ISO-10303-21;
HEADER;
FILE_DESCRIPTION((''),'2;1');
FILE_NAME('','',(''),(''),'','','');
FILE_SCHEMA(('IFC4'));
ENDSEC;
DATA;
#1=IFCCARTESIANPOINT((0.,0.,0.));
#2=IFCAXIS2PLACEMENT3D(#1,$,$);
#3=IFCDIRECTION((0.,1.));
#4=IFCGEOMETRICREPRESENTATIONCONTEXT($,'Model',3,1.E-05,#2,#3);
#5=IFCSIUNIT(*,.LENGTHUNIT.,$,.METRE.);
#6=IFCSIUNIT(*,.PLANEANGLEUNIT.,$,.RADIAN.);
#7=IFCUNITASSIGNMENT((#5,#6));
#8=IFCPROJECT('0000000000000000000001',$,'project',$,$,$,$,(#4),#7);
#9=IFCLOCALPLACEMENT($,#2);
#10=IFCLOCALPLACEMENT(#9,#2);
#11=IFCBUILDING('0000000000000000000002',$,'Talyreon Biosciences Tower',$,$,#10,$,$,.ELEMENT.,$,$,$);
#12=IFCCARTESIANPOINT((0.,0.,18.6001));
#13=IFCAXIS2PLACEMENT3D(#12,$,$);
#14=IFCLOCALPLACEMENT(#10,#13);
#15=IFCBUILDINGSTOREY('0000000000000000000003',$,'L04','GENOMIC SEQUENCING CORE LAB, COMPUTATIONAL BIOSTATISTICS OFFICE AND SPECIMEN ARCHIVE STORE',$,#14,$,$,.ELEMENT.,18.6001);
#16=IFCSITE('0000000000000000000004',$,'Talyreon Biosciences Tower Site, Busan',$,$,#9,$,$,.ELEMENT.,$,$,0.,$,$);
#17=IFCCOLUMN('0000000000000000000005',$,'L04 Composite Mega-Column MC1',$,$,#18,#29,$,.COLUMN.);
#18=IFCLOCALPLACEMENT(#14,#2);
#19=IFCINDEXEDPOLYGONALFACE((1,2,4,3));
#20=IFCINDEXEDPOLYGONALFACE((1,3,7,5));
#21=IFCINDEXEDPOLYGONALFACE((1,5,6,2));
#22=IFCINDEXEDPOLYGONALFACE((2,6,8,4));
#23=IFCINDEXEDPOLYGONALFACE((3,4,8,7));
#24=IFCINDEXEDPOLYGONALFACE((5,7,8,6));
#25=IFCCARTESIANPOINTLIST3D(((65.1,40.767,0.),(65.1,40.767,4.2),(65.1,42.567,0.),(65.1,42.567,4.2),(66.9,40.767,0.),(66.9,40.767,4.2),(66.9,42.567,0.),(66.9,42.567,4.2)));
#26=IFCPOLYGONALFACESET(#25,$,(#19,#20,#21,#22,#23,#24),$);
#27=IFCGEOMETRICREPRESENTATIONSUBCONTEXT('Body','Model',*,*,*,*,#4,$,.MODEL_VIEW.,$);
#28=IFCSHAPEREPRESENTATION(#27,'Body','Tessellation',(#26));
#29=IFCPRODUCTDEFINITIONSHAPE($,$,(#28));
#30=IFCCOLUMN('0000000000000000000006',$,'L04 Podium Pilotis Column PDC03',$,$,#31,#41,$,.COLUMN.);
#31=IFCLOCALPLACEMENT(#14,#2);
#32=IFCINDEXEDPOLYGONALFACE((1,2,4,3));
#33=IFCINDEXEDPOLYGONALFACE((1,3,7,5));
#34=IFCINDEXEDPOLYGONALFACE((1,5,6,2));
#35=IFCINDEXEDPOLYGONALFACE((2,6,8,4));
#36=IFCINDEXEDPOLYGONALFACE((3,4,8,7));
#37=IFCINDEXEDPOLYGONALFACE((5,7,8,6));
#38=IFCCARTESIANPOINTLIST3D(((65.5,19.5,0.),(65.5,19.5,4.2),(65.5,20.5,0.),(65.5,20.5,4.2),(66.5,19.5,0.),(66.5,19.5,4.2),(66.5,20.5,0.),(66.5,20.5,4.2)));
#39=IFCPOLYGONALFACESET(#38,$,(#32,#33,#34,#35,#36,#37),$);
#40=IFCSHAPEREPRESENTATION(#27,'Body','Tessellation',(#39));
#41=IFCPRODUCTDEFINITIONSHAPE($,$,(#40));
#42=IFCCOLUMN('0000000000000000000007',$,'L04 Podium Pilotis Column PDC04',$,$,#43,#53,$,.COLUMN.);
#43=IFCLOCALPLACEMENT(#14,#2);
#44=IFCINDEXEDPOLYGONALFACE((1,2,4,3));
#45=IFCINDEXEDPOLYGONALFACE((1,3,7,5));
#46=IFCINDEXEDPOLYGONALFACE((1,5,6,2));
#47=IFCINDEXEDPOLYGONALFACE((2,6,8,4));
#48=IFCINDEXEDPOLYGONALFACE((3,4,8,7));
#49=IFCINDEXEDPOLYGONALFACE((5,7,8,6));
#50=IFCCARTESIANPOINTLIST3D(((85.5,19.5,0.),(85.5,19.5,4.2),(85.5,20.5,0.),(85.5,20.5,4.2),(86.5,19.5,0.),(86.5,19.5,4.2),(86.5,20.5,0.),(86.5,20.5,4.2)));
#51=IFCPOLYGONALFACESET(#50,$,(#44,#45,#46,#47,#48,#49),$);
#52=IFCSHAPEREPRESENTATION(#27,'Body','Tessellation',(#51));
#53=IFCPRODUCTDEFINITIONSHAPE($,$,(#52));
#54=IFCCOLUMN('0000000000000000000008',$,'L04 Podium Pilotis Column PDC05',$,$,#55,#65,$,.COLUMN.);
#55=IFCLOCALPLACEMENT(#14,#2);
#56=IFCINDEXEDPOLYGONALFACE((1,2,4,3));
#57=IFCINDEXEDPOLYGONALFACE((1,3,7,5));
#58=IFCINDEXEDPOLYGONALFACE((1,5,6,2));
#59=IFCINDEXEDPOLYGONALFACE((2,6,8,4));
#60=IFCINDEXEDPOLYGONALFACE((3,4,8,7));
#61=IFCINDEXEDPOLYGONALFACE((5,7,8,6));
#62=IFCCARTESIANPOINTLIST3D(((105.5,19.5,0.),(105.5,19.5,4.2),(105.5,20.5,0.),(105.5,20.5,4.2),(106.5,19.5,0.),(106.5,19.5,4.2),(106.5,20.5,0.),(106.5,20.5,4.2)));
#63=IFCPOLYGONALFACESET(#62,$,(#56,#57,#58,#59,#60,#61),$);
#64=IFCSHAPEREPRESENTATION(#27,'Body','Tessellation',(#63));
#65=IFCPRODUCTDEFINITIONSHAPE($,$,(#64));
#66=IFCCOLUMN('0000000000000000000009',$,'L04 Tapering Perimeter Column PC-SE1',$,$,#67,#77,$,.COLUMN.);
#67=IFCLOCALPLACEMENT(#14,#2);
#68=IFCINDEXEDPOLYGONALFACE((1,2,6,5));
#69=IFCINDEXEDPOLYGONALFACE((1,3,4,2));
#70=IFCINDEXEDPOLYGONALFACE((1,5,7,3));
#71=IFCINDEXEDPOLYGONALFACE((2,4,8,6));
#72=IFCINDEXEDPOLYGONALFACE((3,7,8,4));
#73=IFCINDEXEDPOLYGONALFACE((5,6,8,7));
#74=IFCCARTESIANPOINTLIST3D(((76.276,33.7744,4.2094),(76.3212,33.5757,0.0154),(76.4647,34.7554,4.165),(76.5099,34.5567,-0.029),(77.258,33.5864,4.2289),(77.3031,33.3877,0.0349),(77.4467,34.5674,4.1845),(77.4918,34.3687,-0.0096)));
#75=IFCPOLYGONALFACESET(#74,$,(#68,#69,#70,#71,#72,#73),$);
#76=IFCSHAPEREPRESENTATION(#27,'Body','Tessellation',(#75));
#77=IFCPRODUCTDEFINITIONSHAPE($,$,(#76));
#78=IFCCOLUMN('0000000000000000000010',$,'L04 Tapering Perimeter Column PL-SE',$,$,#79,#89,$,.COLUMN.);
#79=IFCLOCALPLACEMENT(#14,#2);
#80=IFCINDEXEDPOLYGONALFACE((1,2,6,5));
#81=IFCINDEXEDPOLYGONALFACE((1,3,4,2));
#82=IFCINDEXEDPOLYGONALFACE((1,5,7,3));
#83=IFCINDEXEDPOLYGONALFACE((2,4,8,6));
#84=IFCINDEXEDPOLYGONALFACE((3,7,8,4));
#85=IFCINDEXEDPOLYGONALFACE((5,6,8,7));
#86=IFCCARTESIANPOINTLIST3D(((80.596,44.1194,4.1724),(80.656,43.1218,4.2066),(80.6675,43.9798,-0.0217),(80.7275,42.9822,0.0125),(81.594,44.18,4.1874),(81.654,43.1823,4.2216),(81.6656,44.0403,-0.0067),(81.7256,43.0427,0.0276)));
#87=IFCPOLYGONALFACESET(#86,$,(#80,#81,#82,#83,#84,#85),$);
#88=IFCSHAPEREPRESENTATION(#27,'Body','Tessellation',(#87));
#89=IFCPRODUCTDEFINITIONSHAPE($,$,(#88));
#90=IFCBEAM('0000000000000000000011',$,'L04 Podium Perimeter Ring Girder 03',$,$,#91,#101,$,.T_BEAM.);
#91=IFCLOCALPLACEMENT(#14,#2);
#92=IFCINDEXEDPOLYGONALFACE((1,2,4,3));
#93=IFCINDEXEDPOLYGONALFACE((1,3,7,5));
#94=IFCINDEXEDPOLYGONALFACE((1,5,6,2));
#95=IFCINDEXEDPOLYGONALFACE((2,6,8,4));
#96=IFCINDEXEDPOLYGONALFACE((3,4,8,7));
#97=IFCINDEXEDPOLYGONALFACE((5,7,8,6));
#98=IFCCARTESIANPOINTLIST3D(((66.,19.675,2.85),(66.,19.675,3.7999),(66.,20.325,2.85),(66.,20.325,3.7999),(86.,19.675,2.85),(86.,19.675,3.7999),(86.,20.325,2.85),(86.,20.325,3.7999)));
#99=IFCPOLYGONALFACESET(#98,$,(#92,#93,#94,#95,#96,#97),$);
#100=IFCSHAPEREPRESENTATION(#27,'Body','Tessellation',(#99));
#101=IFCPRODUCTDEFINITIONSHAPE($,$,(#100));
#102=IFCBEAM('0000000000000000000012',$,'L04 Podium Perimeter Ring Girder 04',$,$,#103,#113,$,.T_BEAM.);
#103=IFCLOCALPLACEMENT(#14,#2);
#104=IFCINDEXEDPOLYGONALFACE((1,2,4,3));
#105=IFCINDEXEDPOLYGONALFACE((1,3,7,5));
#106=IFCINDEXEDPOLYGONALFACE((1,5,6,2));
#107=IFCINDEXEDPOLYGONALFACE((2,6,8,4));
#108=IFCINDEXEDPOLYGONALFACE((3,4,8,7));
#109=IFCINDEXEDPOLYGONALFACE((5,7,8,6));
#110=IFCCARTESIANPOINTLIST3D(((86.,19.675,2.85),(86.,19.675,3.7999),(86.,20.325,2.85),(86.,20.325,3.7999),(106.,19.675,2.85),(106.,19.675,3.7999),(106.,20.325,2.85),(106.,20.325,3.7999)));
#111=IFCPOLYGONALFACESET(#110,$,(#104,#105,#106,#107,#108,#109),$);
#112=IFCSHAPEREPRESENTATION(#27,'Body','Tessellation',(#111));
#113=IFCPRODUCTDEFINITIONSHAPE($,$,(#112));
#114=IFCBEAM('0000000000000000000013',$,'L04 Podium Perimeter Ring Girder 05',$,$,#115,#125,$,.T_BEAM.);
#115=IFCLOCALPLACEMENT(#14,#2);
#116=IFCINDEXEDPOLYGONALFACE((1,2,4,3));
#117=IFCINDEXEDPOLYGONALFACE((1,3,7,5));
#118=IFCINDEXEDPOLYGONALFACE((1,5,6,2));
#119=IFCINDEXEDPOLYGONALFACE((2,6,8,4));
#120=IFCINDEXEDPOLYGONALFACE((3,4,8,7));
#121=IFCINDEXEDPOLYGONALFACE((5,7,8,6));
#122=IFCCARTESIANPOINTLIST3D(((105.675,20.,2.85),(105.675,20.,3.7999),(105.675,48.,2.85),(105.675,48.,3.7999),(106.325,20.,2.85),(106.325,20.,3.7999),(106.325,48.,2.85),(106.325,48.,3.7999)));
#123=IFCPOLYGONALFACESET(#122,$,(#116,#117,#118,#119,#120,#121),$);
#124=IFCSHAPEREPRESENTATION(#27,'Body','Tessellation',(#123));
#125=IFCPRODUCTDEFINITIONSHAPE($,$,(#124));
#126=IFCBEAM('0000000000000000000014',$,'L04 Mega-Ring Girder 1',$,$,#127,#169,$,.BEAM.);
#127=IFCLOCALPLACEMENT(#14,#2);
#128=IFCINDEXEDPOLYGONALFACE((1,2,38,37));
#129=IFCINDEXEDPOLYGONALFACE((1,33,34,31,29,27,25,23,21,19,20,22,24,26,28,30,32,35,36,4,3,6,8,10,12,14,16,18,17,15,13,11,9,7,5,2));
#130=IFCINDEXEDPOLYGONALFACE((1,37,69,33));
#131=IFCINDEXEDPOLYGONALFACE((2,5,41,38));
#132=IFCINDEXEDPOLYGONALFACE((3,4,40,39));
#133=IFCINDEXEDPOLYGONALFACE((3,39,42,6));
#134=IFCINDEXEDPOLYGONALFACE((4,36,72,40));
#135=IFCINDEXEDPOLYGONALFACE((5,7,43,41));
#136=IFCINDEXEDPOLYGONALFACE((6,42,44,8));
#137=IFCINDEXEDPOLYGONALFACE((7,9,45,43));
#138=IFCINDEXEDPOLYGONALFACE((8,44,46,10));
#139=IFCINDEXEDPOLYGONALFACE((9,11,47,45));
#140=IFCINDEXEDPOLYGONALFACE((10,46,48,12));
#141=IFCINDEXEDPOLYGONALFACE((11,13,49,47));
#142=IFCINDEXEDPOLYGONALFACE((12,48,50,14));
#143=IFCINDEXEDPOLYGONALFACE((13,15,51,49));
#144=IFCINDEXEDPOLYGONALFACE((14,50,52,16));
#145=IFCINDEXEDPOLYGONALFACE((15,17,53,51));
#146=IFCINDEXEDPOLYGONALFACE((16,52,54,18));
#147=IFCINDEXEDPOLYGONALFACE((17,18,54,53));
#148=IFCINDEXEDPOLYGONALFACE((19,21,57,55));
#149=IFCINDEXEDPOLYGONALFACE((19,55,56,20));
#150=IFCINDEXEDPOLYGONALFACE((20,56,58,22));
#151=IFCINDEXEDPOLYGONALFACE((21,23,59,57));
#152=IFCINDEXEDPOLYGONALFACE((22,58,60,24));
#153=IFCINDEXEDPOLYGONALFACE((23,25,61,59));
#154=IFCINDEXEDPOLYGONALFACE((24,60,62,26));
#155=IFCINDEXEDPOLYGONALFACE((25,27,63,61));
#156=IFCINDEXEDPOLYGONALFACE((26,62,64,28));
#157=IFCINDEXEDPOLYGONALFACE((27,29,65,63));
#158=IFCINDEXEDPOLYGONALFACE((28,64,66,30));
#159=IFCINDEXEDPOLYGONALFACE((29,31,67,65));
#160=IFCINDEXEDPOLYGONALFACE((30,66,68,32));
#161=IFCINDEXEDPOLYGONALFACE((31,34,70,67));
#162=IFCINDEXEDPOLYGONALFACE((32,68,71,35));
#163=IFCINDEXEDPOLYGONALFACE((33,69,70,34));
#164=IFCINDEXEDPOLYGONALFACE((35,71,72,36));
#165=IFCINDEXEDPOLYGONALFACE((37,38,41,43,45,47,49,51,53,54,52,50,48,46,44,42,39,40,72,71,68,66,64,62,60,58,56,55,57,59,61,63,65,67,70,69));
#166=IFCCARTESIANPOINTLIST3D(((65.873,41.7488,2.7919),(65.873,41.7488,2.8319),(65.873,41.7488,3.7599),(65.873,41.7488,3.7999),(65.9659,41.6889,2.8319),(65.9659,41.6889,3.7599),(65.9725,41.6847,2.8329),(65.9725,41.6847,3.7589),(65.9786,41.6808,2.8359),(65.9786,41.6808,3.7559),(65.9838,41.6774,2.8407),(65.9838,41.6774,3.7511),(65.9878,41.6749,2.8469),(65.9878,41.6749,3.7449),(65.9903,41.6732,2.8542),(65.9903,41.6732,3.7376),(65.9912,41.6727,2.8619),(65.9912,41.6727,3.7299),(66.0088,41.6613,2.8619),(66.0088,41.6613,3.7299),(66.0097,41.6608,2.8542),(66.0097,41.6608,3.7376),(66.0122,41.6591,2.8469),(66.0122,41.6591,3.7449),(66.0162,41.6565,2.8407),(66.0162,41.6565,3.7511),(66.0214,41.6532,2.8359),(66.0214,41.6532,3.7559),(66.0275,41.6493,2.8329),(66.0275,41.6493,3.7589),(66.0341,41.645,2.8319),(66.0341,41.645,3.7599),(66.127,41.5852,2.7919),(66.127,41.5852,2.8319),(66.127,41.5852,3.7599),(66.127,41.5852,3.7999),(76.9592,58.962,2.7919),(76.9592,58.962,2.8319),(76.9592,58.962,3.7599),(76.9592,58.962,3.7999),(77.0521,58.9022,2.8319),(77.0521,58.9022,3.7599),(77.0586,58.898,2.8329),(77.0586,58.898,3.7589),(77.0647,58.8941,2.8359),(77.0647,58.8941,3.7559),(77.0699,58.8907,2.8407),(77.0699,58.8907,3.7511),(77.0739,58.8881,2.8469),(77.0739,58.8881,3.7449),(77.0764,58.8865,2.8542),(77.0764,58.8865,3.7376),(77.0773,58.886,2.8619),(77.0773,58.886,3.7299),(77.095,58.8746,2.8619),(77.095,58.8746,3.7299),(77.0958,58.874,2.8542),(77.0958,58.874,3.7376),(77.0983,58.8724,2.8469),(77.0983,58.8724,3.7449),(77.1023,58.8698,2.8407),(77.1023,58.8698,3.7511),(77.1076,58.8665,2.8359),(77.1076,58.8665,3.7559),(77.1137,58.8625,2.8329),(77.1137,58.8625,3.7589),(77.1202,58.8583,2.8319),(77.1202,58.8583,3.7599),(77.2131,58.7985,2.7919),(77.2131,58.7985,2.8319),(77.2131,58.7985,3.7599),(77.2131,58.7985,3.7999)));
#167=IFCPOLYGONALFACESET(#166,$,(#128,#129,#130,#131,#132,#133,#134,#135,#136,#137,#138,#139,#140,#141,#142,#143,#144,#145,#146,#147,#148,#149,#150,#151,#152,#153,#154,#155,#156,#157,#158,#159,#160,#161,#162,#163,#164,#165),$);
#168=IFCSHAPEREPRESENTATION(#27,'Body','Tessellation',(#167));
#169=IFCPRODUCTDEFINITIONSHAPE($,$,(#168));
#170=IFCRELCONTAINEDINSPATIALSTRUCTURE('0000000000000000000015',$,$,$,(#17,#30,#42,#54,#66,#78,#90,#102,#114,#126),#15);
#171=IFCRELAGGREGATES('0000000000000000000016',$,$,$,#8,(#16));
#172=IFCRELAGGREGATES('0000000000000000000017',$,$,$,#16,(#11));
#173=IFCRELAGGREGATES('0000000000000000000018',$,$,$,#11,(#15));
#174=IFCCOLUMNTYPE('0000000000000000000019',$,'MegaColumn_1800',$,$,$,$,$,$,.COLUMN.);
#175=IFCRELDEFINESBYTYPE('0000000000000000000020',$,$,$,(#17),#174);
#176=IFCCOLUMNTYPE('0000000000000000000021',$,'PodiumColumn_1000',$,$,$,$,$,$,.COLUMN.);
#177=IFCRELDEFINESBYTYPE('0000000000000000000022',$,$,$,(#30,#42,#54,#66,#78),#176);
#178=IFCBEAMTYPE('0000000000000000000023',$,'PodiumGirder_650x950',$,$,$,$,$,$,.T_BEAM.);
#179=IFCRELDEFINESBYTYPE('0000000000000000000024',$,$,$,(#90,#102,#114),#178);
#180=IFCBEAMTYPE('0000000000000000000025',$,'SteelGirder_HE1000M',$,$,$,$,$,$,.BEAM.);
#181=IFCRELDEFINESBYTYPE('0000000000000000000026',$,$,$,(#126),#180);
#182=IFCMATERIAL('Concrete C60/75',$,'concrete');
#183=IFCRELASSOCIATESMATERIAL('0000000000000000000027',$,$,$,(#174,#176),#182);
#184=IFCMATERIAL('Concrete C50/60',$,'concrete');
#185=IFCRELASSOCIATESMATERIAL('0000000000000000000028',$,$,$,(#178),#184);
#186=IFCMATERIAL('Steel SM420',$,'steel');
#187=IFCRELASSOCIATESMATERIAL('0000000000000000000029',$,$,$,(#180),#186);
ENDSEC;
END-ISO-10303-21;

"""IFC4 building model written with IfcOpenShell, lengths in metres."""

from ifc_helpers import new_model, si_unit, direction, frame, origin, origin_2d, place, context, subcontext, project, spatial, rectangle, i_section, extrude, material, material_profile, profile_set, type_object, element, save


model = new_model("IFC4")

# Units and contexts
model_context = context("Model", 3, precision=1e-05, world=origin(), true_north=direction((0.0, 1.0)))
body_context = subcontext(model_context, "Body", "Model", "MODEL_VIEW")
ifc_project = project(units=[si_unit("LENGTHUNIT", "METRE"), si_unit("PLANEANGLEUNIT", "RADIAN")], contexts=[model_context])

# Site, building, storey
site_placement = place(None, origin())
site = spatial("IfcSite", under=ifc_project, at=site_placement, Name="Talyreon Biosciences Tower Site, Busan", CompositionType="ELEMENT", RefElevation=0.0)
building_placement = place(site_placement, origin())
building = spatial("IfcBuilding", under=site, at=building_placement, Name="Talyreon Biosciences Tower", CompositionType="ELEMENT")
storey_placement = place(building_placement, frame((0.0, 0.0, 18.6001)))
storey = spatial("IfcBuildingStorey", under=building, at=storey_placement, Name="L04", Description="GENOMIC SEQUENCING CORE LAB, COMPUTATIONAL BIOSTATISTICS OFFICE AND SPECIMEN ARCHIVE STORE", CompositionType="ELEMENT", Elevation=18.6001)

# Columns
ifc_material_1 = material(Name="Concrete C60/75", Category="concrete")
ifc_material_profile_1 = material_profile(ifc_material_1, rectangle(XDim=1.8, YDim=1.8, at=origin_2d()), Name="RC 1800x1800")
ifc_profile_set_1 = profile_set([ifc_material_profile_1], Name="Concrete C60/75")
column_type_1 = type_object("IfcColumnType", Name="MegaColumn_1800", PredefinedType="COLUMN", material=ifc_profile_set_1)
column_1_placement = place(storey_placement, frame((66.0, 41.667, 0.0), z_axis=(0.0, 0.0, 1.0), x_axis=(1.0, 0.0, 0.0)))
element("IfcColumn", 1, at=column_1_placement, inside=storey, type_object=column_type_1, Name="L04 Composite Mega-Column MC1", PredefinedType="COLUMN", context=body_context, shape_type="SweptSolid", body=[
    extrude(rectangle(XDim=1.8, YDim=1.8, at=origin_2d()), origin(), (0.0, 0.0, 1.0), 4.2),
])
ifc_material_profile_2 = material_profile(ifc_material_1, rectangle(XDim=1.0, YDim=1.0, at=origin_2d()), Name="RC 1000x1000")
ifc_profile_set_2 = profile_set([ifc_material_profile_2], Name="Concrete C60/75")
column_type_2 = type_object("IfcColumnType", Name="PodiumColumn_1000", PredefinedType="COLUMN", material=ifc_profile_set_2)
for number, where, z_axis, x_axis, name in (
    (2, (66.0, 20.0, 0.0), (0.0, 0.0, 1.0), (1.0, 0.0, 0.0), "L04 Podium Pilotis Column PDC03"),
    (3, (86.0, 20.0, 0.0), (0.0, 0.0, 1.0), (1.0, 0.0, 0.0), "L04 Podium Pilotis Column PDC04"),
    (4, (106.0, 20.0, 0.0), (0.0, 0.0, 1.0), (1.0, 0.0, 0.0), "L04 Podium Pilotis Column PDC05"),
):
    element("IfcColumn", number, at=place(storey_placement, frame(where, z_axis=z_axis, x_axis=x_axis)), inside=storey, type_object=column_type_2, Name=name, PredefinedType="COLUMN", context=body_context, shape_type="SweptSolid", body=[
        extrude(rectangle(XDim=1.0, YDim=1.0, at=origin_2d()), origin(), (0.0, 0.0, 1.0), 4.2),
    ])
column_2_placement = place(storey_placement, frame((76.9065, 33.9722, 0.0029), z_axis=(-0.010756, 0.047328, 0.998822), x_axis=(-0.188696, -0.981029, 0.044452)))
element("IfcColumn", 5, at=column_2_placement, inside=storey, type_object=column_type_2, Name="L04 Tapering Perimeter Column PC-SE1", PredefinedType="COLUMN", context=body_context, shape_type="SweptSolid", body=[
    extrude(rectangle(XDim=1.0, YDim=1.0, at=origin_2d()), origin(), (0.0, 0.0, 1.0), 4.199),
])
column_3_placement = place(storey_placement, frame((81.1965, 43.5112, 0.0029), z_axis=(-0.017044, 0.033273, 0.999301), x_axis=(0.059994, -0.997611, 0.03424)))
element("IfcColumn", 6, at=column_3_placement, inside=storey, type_object=column_type_2, Name="L04 Tapering Perimeter Column PL-SE", PredefinedType="COLUMN", context=body_context, shape_type="SweptSolid", body=[
    extrude(rectangle(XDim=1.0, YDim=1.0, at=origin_2d()), origin(), (0.0, 0.0, 1.0), 4.197),
])

# Beams
ifc_material_2 = material(Name="Concrete C50/60", Category="concrete")
ifc_material_profile_3 = material_profile(ifc_material_2, rectangle(XDim=0.6499, YDim=0.95, at=origin_2d()), Name="RCB 650x950")
ifc_profile_set_3 = profile_set([ifc_material_profile_3], Name="Concrete C50/60")
beam_type_1 = type_object("IfcBeamType", Name="PodiumGirder_650x950", PredefinedType="T_BEAM", material=ifc_profile_set_3)
for number, where, z_axis, x_axis, name in (
    (7, (66.0, 20.0, 3.325), (1.0, 0.0, 0.0), (0.0, 1.0, 0.0), "L04 Podium Perimeter Ring Girder 03"),
    (8, (86.0, 20.0, 3.325), (1.0, 0.0, 0.0), (0.0, 1.0, 0.0), "L04 Podium Perimeter Ring Girder 04"),
):
    element("IfcBeam", number, at=place(storey_placement, frame(where, z_axis=z_axis, x_axis=x_axis)), inside=storey, type_object=beam_type_1, Name=name, PredefinedType="T_BEAM", context=body_context, shape_type="SweptSolid", body=[
        extrude(rectangle(XDim=0.6499, YDim=0.95, at=origin_2d()), origin(), (0.0, 0.0, 1.0), 20.0),
    ])
beam_1_placement = place(storey_placement, frame((106.0, 20.0, 3.325), z_axis=(0.0, 1.0, 0.0), x_axis=(-1.0, 0.0, 0.0)))
element("IfcBeam", 9, at=beam_1_placement, inside=storey, type_object=beam_type_1, Name="L04 Podium Perimeter Ring Girder 05", PredefinedType="T_BEAM", context=body_context, shape_type="SweptSolid", body=[
    extrude(rectangle(XDim=0.6499, YDim=0.95, at=origin_2d()), origin(), (0.0, 0.0, 1.0), 28.0),
])
ifc_material_3 = material(Name="Steel SM420", Category="steel")
ifc_material_profile_4 = material_profile(ifc_material_3, i_section(OverallWidth=0.302, OverallDepth=1.0081, WebThickness=0.021, FlangeThickness=0.04, FilletRadius=0.03, at=origin_2d()), Name="HE1000M")
ifc_profile_set_4 = profile_set([ifc_material_profile_4], Name="Steel SM420")
beam_type_2 = type_object("IfcBeamType", Name="SteelGirder_HE1000M", PredefinedType="BEAM", material=ifc_profile_set_4)
beam_2_placement = place(storey_placement, frame((66.0, 41.667, 3.2959), z_axis=(0.541464, 0.840724, 0.0), x_axis=(-0.840724, 0.541464, 0.0)))
element("IfcBeam", 10, at=beam_2_placement, inside=storey, type_object=beam_type_2, Name="L04 Mega-Ring Girder 1", PredefinedType="BEAM", context=body_context, shape_type="SweptSolid", body=[
    extrude(i_section(OverallWidth=0.302, OverallDepth=1.0081, WebThickness=0.021, FlangeThickness=0.04, FilletRadius=0.03, at=origin_2d()), origin(), (0.0, 0.0, 1.0), 20.4744),
])

save(model, "model.ifc")
